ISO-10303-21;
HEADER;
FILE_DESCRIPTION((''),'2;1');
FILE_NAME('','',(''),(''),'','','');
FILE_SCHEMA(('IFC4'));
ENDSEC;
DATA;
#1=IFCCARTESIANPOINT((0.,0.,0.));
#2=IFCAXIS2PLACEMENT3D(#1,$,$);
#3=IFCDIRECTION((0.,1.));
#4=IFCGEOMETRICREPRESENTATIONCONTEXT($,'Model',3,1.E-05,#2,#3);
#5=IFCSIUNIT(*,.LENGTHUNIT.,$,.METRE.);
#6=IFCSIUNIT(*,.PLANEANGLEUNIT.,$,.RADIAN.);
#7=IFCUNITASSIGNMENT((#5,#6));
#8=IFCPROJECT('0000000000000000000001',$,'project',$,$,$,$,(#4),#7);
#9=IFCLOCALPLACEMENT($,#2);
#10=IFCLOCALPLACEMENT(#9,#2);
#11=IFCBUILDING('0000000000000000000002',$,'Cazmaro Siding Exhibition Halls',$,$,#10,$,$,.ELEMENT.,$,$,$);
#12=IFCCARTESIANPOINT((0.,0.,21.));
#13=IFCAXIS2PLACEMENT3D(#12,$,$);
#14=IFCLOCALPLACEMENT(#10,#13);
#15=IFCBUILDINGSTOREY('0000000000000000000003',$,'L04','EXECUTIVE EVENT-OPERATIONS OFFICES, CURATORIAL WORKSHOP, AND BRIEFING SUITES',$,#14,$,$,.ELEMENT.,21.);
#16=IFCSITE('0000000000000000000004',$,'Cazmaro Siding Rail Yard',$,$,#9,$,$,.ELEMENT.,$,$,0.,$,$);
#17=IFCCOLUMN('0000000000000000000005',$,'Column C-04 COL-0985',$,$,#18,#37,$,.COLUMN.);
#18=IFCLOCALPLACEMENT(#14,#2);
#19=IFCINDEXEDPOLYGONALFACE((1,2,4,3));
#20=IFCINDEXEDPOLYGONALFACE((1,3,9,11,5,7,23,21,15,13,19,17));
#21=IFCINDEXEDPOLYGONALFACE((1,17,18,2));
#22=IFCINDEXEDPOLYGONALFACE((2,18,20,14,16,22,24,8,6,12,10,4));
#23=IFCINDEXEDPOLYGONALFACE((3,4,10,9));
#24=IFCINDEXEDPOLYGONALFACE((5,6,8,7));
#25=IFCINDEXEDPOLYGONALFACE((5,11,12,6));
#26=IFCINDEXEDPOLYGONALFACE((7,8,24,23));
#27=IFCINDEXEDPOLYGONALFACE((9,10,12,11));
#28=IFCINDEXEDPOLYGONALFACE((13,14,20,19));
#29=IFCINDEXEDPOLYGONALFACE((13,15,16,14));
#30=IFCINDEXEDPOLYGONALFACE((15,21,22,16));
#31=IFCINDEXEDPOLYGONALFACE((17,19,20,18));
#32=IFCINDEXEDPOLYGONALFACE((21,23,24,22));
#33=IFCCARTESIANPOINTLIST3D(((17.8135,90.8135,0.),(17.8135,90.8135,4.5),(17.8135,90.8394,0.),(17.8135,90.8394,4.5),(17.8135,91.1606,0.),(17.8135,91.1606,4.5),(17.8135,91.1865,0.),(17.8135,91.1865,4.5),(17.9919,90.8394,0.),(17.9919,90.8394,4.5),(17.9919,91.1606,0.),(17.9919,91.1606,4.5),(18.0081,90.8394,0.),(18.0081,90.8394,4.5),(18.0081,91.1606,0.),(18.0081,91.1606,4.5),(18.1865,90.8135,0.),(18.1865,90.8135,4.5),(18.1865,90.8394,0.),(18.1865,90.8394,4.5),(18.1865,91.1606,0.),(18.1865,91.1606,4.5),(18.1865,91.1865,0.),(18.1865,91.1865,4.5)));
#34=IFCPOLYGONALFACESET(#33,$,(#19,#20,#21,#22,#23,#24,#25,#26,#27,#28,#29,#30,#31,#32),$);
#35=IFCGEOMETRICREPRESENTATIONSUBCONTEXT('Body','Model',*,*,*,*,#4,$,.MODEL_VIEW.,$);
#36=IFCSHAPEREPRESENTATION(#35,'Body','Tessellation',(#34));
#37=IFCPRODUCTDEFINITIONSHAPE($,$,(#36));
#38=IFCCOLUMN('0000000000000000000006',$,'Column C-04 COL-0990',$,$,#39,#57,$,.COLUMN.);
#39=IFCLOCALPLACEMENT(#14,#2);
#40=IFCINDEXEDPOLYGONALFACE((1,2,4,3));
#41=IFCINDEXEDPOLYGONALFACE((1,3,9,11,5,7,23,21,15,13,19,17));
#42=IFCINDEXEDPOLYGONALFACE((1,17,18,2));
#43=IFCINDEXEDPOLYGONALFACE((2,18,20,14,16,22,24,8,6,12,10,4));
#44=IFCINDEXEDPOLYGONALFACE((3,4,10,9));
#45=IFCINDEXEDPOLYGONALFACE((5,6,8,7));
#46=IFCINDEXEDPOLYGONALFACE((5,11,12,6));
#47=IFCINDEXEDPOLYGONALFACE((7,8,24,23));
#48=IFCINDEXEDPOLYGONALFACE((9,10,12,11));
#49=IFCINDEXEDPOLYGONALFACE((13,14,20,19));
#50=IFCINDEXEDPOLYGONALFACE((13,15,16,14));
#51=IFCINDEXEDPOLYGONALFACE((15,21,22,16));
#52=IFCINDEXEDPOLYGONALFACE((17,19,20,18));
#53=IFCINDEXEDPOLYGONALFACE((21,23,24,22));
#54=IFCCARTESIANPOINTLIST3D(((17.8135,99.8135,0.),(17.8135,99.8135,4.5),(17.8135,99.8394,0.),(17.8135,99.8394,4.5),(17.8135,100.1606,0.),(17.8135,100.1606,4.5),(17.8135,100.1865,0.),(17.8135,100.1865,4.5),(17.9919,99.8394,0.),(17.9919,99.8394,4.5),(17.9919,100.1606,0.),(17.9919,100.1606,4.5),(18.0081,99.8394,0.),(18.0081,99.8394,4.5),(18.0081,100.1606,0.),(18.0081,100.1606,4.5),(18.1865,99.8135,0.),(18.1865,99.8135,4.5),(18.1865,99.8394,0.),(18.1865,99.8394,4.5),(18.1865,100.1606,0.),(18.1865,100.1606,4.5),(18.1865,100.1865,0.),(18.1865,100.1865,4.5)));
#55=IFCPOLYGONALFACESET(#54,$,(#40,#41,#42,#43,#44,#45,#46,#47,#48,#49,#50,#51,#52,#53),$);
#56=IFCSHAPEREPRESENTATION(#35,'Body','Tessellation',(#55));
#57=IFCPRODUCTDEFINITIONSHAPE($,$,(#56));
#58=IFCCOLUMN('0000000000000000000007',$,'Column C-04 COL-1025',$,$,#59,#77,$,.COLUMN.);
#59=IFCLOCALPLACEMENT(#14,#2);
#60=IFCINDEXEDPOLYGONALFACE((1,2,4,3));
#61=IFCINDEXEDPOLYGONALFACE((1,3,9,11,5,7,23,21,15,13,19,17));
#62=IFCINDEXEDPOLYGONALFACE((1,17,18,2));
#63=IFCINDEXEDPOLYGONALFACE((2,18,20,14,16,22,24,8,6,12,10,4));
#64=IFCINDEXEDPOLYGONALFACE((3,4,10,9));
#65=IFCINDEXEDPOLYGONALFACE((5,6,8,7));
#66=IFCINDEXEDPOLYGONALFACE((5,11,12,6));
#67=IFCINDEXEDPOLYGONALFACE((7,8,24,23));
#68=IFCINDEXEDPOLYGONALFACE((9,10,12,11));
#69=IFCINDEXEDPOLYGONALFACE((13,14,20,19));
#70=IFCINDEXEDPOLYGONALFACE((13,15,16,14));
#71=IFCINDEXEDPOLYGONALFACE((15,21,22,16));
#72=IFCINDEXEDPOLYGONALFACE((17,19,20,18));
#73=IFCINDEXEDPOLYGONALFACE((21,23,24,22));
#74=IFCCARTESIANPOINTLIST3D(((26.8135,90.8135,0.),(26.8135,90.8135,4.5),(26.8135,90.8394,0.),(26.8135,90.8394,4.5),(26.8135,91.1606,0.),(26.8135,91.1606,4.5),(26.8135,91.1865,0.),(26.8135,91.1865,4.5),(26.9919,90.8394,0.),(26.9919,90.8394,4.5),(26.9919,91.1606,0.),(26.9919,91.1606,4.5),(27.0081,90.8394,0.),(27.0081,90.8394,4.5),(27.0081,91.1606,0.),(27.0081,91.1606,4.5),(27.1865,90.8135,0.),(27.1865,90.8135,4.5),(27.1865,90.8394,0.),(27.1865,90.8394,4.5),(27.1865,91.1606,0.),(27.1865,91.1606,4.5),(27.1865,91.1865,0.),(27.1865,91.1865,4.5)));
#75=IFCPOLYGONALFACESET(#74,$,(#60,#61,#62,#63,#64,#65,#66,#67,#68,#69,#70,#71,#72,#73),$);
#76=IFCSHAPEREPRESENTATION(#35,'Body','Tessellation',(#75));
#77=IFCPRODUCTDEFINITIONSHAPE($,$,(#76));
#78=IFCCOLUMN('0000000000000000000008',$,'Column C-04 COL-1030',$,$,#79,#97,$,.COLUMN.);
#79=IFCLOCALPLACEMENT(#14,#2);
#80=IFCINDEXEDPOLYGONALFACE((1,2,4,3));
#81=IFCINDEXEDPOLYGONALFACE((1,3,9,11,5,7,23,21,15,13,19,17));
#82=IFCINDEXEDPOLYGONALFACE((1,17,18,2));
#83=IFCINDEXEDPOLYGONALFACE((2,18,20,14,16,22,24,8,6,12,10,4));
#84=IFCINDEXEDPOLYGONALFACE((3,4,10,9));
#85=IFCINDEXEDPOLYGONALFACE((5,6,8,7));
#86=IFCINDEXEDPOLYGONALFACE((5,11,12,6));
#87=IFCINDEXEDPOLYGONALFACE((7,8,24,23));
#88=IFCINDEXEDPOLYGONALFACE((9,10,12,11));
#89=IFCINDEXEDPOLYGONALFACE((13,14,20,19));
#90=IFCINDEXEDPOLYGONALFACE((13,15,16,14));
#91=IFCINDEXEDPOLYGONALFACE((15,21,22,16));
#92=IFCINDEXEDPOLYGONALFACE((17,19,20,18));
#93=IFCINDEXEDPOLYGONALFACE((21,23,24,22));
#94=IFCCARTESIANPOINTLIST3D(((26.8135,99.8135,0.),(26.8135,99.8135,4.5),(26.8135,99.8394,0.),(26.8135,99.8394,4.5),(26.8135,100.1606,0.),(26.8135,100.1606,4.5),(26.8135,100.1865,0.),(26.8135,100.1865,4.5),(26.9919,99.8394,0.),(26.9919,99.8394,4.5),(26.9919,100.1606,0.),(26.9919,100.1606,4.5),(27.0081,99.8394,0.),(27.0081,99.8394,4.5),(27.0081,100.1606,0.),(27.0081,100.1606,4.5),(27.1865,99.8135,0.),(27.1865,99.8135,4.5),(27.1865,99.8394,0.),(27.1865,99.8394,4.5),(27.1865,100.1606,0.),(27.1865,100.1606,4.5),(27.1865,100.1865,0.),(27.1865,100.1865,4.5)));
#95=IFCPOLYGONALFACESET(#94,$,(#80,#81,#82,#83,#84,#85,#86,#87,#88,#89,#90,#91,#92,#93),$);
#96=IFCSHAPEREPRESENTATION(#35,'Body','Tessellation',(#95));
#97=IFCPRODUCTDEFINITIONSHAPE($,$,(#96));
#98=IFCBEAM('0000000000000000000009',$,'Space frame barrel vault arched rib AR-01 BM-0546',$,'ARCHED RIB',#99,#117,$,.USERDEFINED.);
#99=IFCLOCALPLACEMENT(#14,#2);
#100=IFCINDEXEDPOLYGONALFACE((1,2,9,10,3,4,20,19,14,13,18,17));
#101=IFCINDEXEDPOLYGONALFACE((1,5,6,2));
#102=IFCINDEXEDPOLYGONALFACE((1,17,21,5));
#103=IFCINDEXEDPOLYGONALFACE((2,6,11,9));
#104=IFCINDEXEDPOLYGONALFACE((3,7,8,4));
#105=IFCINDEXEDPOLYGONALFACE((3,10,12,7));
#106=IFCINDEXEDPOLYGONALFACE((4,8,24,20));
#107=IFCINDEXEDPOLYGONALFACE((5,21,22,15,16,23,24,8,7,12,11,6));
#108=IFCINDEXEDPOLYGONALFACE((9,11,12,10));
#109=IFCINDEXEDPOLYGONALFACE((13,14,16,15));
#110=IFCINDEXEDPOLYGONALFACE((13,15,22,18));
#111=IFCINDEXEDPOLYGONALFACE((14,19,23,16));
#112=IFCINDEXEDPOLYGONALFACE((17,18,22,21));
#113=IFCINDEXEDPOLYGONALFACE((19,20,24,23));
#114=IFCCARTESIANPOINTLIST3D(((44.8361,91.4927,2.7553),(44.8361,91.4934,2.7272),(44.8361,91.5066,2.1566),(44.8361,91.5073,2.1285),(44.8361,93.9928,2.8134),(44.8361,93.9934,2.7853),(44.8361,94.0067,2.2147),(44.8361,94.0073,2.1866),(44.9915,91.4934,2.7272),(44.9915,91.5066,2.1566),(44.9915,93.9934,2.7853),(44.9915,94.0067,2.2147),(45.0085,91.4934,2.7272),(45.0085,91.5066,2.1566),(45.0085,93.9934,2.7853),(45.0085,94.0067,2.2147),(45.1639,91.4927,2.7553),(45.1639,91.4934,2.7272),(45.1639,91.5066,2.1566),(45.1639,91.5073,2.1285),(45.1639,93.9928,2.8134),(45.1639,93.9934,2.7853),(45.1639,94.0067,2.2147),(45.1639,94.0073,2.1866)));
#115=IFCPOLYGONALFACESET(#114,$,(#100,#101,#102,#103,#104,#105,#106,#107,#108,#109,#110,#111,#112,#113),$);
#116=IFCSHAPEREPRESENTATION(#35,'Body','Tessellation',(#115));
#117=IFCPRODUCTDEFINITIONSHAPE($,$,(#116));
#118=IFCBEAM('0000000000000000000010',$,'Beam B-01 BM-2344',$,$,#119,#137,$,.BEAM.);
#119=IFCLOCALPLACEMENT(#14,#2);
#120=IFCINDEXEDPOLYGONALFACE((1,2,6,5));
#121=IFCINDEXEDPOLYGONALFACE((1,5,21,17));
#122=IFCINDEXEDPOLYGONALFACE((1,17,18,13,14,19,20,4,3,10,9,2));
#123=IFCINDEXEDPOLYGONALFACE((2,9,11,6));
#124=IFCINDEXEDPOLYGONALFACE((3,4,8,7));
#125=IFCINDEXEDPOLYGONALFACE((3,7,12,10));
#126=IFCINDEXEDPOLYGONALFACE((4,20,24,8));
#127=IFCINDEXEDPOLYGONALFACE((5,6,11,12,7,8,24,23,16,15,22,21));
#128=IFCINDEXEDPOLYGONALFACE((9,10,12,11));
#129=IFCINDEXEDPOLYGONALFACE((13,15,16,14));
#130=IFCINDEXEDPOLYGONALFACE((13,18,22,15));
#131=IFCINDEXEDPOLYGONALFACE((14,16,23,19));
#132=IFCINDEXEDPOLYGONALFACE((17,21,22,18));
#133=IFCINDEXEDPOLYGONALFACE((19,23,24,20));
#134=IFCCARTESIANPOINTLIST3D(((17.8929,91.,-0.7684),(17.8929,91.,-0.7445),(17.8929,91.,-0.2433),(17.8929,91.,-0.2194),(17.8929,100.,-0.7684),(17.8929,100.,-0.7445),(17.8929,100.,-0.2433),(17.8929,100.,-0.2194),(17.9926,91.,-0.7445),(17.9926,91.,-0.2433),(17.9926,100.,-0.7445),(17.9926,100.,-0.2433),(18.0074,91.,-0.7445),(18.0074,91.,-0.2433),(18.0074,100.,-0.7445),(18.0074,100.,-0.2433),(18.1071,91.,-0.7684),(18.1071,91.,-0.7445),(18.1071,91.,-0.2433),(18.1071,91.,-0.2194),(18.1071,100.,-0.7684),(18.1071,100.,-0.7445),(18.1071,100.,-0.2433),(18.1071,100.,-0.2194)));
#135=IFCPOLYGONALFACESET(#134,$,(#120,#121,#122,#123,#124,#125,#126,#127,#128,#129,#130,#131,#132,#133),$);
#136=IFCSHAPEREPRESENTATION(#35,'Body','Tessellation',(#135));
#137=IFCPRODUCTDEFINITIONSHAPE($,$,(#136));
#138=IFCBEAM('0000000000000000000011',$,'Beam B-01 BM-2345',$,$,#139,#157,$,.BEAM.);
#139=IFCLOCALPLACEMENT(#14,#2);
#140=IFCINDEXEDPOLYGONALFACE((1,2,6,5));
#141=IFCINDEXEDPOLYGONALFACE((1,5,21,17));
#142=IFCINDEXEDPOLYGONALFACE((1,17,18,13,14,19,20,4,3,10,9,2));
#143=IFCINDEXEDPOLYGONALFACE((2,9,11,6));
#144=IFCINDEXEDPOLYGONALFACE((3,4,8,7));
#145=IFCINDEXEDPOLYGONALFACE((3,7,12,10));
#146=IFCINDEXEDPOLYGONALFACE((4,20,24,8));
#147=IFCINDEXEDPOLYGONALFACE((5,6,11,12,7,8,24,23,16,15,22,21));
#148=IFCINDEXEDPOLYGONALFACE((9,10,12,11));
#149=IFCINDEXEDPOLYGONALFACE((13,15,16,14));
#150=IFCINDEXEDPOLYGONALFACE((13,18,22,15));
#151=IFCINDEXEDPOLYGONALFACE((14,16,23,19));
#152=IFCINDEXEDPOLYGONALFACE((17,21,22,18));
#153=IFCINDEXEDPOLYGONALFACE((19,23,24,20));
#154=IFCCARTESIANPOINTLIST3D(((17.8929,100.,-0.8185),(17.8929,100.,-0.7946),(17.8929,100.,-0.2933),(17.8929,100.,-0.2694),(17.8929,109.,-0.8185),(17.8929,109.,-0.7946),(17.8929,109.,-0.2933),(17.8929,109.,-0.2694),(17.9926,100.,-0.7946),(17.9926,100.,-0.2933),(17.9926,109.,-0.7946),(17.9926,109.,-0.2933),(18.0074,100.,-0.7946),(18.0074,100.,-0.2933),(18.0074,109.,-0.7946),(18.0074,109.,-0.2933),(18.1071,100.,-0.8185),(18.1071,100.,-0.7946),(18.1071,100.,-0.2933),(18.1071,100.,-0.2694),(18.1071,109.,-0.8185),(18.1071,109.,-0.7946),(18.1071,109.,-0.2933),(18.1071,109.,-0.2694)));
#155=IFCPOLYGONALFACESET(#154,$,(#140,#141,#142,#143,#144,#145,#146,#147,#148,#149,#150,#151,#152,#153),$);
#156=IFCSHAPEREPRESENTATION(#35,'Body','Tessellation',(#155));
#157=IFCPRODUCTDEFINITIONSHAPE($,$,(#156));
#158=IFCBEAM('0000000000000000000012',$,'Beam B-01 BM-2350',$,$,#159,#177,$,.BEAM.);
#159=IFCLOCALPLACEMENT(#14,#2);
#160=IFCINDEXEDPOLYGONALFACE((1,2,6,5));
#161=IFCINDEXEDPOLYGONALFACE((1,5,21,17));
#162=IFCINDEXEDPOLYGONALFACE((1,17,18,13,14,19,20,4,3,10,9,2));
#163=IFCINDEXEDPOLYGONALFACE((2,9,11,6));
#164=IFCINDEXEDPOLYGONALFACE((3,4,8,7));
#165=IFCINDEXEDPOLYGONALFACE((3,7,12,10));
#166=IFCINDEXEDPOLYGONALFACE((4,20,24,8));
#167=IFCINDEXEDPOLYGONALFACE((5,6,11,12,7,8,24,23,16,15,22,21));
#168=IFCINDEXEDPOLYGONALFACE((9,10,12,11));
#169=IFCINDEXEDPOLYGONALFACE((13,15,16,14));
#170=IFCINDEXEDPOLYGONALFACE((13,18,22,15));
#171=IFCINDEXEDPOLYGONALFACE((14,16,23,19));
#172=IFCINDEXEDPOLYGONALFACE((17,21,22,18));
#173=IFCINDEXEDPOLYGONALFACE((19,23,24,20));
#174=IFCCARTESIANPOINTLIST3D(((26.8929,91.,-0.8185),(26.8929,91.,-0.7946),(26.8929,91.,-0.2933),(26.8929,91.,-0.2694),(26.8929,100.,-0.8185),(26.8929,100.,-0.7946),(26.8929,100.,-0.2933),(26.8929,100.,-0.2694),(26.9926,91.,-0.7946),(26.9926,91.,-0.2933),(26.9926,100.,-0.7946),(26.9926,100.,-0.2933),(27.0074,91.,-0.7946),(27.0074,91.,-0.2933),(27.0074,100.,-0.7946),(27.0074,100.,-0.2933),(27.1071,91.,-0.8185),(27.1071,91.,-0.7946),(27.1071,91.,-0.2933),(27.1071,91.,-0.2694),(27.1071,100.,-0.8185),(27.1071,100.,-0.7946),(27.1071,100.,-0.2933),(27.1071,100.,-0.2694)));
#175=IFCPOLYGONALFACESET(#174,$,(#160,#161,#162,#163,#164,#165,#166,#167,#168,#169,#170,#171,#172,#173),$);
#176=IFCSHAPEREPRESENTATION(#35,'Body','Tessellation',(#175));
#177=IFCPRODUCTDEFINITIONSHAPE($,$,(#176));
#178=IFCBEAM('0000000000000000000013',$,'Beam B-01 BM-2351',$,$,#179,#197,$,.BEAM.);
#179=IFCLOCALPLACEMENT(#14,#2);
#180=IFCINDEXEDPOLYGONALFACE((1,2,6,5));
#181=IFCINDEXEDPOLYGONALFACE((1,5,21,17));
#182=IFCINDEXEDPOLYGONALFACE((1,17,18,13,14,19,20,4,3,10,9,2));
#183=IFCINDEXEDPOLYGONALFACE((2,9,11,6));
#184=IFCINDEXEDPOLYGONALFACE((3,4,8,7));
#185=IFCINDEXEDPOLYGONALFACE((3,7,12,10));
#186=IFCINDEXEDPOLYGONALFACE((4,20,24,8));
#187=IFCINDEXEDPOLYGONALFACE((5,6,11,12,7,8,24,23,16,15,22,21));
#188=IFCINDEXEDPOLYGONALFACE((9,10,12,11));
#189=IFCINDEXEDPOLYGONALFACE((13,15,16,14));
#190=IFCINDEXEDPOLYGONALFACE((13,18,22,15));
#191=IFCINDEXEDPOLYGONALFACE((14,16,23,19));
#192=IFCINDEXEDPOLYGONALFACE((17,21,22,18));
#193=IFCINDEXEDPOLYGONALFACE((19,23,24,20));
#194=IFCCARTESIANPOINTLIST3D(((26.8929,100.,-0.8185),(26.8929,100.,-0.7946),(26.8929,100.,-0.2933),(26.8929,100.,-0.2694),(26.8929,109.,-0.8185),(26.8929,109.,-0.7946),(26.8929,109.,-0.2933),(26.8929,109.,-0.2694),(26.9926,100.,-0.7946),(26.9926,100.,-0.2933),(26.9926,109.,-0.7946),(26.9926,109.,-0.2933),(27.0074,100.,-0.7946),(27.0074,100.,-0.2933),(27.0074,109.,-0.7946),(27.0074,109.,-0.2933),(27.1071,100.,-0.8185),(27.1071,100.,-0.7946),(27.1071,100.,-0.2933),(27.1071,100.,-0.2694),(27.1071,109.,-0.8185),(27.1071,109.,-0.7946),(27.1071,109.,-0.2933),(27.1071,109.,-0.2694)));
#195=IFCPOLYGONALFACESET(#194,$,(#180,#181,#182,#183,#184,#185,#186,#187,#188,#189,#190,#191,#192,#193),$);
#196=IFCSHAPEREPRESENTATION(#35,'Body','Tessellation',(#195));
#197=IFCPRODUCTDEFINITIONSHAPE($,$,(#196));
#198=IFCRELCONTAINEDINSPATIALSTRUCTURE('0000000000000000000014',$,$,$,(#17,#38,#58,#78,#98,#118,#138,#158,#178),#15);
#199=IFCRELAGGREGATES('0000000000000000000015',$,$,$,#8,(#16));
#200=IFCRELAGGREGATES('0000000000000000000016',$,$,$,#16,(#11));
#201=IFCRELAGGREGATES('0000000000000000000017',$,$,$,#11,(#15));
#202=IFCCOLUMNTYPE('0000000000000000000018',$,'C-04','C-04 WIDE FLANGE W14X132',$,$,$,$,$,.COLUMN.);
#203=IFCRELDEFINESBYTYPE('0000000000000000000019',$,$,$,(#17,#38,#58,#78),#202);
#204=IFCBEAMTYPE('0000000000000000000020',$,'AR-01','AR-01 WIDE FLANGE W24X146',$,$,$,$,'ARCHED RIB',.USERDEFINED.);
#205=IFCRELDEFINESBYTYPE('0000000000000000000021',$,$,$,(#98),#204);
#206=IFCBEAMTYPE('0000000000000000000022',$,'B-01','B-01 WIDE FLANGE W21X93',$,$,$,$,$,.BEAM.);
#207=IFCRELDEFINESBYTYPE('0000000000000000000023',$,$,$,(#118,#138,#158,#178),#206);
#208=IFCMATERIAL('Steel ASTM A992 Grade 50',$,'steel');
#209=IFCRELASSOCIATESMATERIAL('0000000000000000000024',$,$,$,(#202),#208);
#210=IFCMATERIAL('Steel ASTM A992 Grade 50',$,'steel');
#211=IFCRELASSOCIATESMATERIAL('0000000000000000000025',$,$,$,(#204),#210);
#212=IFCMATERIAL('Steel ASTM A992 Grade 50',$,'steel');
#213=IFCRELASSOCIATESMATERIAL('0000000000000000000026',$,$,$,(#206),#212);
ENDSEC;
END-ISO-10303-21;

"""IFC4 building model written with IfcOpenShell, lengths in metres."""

from ifc_helpers import new_model, si_unit, direction, frame, origin, origin_2d, place, context, subcontext, project, spatial, i_section, extrude, material, material_profile, profile_set, type_object, element, save


model = new_model("IFC4")

# Units and contexts
model_context = context("Model", 3, precision=1e-05, world=origin(), true_north=direction((0.0, 1.0)))
body_context = subcontext(model_context, "Body", "Model", "MODEL_VIEW")
ifc_project = project(units=[si_unit("LENGTHUNIT", "METRE"), si_unit("PLANEANGLEUNIT", "RADIAN")], contexts=[model_context])

# Site, building, storey
site_placement = place(None, origin())
site = spatial("IfcSite", under=ifc_project, at=site_placement, Name="Cazmaro Siding Rail Yard", CompositionType="ELEMENT", RefElevation=0.0)
building_placement = place(site_placement, origin())
building = spatial("IfcBuilding", under=site, at=building_placement, Name="Cazmaro Siding Exhibition Halls", CompositionType="ELEMENT")
storey_placement = place(building_placement, frame((0.0, 0.0, 21.0)))
storey = spatial("IfcBuildingStorey", under=building, at=storey_placement, Name="L04", Description="EXECUTIVE EVENT-OPERATIONS OFFICES, CURATORIAL WORKSHOP, AND BRIEFING SUITES", CompositionType="ELEMENT", Elevation=21.0)

# Columns
ifc_material_1 = material(Name="Steel ASTM A992 Grade 50", Category="steel")
ifc_material_profile_1 = material_profile(ifc_material_1, i_section(OverallWidth=0.373, OverallDepth=0.373, WebThickness=0.0161, FlangeThickness=0.0259, at=origin_2d()), Name="W14X132")
ifc_profile_set_1 = profile_set([ifc_material_profile_1], Name="Steel ASTM A992 Grade 50")
column_type = type_object("IfcColumnType", Name="C-04", Description="C-04 WIDE FLANGE W14X132", PredefinedType="COLUMN", material=ifc_profile_set_1)
for number, where, z_axis, x_axis, name in (
    (1, (18.0, 91.0, 0.0), (0.0, 0.0, 1.0), (1.0, 0.0, 0.0), "Column C-04 COL-0985"),
    (2, (18.0, 100.0, 0.0), (0.0, 0.0, 1.0), (1.0, 0.0, 0.0), "Column C-04 COL-0990"),
    (3, (27.0, 91.0, 0.0), (0.0, 0.0, 1.0), (1.0, 0.0, 0.0), "Column C-04 COL-1025"),
    (4, (27.0, 100.0, 0.0), (0.0, 0.0, 1.0), (1.0, 0.0, 0.0), "Column C-04 COL-1030"),
):
    element("IfcColumn", number, at=place(storey_placement, frame(where, z_axis=z_axis, x_axis=x_axis)), inside=storey, type_object=column_type, Name=name, PredefinedType="COLUMN", context=body_context, shape_type="SweptSolid", body=[
        extrude(i_section(OverallWidth=0.373, OverallDepth=0.373, WebThickness=0.0161, FlangeThickness=0.0259, at=origin_2d()), origin(), (0.0, 0.0, 1.0), 4.5),
    ])

# Beams
ifc_material_2 = material(Name="Steel ASTM A992 Grade 50", Category="steel")
ifc_material_profile_2 = material_profile(ifc_material_2, i_section(OverallWidth=0.3279, OverallDepth=0.627, WebThickness=0.0171, FlangeThickness=0.0281, at=origin_2d()), Name="W24X146")
ifc_profile_set_2 = profile_set([ifc_material_profile_2], Name="Steel ASTM A992 Grade 50")
beam_type_1 = type_object("IfcBeamType", Name="AR-01", Description="AR-01 WIDE FLANGE W24X146", ElementType="ARCHED RIB", PredefinedType="USERDEFINED", material=ifc_profile_set_2)
beam_placement = place(storey_placement, frame((45.0, 91.5, 2.4419), z_axis=(0.0, 0.99973, 0.023236), x_axis=(-1.0, 0.0, 0.0)))
element("IfcBeam", 5, at=beam_placement, inside=storey, type_object=beam_type_1, Name="Space frame barrel vault arched rib AR-01 BM-0546", ObjectType="ARCHED RIB", PredefinedType="USERDEFINED", context=body_context, shape_type="SweptSolid", body=[
    extrude(i_section(OverallWidth=0.3279, OverallDepth=0.627, WebThickness=0.0171, FlangeThickness=0.0281, at=origin_2d()), origin(), (0.0, 0.0, 1.0), 2.5007),
])
ifc_material_3 = material(Name="Steel ASTM A992 Grade 50", Category="steel")
ifc_material_profile_3 = material_profile(ifc_material_3, i_section(OverallWidth=0.2141, OverallDepth=0.5491, WebThickness=0.0149, FlangeThickness=0.0239, at=origin_2d()), Name="W21X93")
ifc_profile_set_3 = profile_set([ifc_material_profile_3], Name="Steel ASTM A992 Grade 50")
beam_type_2 = type_object("IfcBeamType", Name="B-01", Description="B-01 WIDE FLANGE W21X93", PredefinedType="BEAM", material=ifc_profile_set_3)
for number, where, z_axis, x_axis, name in (
    (6, (18.0, 91.0, -0.4939), (0.0, 1.0, 0.0), (-1.0, 0.0, 0.0), "Beam B-01 BM-2344"),
    (7, (18.0, 100.0, -0.5439), (0.0, 1.0, 0.0), (-1.0, 0.0, 0.0), "Beam B-01 BM-2345"),
    (8, (27.0, 91.0, -0.5439), (0.0, 1.0, 0.0), (-1.0, 0.0, 0.0), "Beam B-01 BM-2350"),
    (9, (27.0, 100.0, -0.5439), (0.0, 1.0, 0.0), (-1.0, 0.0, 0.0), "Beam B-01 BM-2351"),
):
    element("IfcBeam", number, at=place(storey_placement, frame(where, z_axis=z_axis, x_axis=x_axis)), inside=storey, type_object=beam_type_2, Name=name, PredefinedType="BEAM", context=body_context, shape_type="SweptSolid", body=[
        extrude(i_section(OverallWidth=0.2141, OverallDepth=0.5491, WebThickness=0.0149, FlangeThickness=0.0239, at=origin_2d()), origin(), (0.0, 0.0, 1.0), 9.0),
    ])

save(model, "model.ifc")
